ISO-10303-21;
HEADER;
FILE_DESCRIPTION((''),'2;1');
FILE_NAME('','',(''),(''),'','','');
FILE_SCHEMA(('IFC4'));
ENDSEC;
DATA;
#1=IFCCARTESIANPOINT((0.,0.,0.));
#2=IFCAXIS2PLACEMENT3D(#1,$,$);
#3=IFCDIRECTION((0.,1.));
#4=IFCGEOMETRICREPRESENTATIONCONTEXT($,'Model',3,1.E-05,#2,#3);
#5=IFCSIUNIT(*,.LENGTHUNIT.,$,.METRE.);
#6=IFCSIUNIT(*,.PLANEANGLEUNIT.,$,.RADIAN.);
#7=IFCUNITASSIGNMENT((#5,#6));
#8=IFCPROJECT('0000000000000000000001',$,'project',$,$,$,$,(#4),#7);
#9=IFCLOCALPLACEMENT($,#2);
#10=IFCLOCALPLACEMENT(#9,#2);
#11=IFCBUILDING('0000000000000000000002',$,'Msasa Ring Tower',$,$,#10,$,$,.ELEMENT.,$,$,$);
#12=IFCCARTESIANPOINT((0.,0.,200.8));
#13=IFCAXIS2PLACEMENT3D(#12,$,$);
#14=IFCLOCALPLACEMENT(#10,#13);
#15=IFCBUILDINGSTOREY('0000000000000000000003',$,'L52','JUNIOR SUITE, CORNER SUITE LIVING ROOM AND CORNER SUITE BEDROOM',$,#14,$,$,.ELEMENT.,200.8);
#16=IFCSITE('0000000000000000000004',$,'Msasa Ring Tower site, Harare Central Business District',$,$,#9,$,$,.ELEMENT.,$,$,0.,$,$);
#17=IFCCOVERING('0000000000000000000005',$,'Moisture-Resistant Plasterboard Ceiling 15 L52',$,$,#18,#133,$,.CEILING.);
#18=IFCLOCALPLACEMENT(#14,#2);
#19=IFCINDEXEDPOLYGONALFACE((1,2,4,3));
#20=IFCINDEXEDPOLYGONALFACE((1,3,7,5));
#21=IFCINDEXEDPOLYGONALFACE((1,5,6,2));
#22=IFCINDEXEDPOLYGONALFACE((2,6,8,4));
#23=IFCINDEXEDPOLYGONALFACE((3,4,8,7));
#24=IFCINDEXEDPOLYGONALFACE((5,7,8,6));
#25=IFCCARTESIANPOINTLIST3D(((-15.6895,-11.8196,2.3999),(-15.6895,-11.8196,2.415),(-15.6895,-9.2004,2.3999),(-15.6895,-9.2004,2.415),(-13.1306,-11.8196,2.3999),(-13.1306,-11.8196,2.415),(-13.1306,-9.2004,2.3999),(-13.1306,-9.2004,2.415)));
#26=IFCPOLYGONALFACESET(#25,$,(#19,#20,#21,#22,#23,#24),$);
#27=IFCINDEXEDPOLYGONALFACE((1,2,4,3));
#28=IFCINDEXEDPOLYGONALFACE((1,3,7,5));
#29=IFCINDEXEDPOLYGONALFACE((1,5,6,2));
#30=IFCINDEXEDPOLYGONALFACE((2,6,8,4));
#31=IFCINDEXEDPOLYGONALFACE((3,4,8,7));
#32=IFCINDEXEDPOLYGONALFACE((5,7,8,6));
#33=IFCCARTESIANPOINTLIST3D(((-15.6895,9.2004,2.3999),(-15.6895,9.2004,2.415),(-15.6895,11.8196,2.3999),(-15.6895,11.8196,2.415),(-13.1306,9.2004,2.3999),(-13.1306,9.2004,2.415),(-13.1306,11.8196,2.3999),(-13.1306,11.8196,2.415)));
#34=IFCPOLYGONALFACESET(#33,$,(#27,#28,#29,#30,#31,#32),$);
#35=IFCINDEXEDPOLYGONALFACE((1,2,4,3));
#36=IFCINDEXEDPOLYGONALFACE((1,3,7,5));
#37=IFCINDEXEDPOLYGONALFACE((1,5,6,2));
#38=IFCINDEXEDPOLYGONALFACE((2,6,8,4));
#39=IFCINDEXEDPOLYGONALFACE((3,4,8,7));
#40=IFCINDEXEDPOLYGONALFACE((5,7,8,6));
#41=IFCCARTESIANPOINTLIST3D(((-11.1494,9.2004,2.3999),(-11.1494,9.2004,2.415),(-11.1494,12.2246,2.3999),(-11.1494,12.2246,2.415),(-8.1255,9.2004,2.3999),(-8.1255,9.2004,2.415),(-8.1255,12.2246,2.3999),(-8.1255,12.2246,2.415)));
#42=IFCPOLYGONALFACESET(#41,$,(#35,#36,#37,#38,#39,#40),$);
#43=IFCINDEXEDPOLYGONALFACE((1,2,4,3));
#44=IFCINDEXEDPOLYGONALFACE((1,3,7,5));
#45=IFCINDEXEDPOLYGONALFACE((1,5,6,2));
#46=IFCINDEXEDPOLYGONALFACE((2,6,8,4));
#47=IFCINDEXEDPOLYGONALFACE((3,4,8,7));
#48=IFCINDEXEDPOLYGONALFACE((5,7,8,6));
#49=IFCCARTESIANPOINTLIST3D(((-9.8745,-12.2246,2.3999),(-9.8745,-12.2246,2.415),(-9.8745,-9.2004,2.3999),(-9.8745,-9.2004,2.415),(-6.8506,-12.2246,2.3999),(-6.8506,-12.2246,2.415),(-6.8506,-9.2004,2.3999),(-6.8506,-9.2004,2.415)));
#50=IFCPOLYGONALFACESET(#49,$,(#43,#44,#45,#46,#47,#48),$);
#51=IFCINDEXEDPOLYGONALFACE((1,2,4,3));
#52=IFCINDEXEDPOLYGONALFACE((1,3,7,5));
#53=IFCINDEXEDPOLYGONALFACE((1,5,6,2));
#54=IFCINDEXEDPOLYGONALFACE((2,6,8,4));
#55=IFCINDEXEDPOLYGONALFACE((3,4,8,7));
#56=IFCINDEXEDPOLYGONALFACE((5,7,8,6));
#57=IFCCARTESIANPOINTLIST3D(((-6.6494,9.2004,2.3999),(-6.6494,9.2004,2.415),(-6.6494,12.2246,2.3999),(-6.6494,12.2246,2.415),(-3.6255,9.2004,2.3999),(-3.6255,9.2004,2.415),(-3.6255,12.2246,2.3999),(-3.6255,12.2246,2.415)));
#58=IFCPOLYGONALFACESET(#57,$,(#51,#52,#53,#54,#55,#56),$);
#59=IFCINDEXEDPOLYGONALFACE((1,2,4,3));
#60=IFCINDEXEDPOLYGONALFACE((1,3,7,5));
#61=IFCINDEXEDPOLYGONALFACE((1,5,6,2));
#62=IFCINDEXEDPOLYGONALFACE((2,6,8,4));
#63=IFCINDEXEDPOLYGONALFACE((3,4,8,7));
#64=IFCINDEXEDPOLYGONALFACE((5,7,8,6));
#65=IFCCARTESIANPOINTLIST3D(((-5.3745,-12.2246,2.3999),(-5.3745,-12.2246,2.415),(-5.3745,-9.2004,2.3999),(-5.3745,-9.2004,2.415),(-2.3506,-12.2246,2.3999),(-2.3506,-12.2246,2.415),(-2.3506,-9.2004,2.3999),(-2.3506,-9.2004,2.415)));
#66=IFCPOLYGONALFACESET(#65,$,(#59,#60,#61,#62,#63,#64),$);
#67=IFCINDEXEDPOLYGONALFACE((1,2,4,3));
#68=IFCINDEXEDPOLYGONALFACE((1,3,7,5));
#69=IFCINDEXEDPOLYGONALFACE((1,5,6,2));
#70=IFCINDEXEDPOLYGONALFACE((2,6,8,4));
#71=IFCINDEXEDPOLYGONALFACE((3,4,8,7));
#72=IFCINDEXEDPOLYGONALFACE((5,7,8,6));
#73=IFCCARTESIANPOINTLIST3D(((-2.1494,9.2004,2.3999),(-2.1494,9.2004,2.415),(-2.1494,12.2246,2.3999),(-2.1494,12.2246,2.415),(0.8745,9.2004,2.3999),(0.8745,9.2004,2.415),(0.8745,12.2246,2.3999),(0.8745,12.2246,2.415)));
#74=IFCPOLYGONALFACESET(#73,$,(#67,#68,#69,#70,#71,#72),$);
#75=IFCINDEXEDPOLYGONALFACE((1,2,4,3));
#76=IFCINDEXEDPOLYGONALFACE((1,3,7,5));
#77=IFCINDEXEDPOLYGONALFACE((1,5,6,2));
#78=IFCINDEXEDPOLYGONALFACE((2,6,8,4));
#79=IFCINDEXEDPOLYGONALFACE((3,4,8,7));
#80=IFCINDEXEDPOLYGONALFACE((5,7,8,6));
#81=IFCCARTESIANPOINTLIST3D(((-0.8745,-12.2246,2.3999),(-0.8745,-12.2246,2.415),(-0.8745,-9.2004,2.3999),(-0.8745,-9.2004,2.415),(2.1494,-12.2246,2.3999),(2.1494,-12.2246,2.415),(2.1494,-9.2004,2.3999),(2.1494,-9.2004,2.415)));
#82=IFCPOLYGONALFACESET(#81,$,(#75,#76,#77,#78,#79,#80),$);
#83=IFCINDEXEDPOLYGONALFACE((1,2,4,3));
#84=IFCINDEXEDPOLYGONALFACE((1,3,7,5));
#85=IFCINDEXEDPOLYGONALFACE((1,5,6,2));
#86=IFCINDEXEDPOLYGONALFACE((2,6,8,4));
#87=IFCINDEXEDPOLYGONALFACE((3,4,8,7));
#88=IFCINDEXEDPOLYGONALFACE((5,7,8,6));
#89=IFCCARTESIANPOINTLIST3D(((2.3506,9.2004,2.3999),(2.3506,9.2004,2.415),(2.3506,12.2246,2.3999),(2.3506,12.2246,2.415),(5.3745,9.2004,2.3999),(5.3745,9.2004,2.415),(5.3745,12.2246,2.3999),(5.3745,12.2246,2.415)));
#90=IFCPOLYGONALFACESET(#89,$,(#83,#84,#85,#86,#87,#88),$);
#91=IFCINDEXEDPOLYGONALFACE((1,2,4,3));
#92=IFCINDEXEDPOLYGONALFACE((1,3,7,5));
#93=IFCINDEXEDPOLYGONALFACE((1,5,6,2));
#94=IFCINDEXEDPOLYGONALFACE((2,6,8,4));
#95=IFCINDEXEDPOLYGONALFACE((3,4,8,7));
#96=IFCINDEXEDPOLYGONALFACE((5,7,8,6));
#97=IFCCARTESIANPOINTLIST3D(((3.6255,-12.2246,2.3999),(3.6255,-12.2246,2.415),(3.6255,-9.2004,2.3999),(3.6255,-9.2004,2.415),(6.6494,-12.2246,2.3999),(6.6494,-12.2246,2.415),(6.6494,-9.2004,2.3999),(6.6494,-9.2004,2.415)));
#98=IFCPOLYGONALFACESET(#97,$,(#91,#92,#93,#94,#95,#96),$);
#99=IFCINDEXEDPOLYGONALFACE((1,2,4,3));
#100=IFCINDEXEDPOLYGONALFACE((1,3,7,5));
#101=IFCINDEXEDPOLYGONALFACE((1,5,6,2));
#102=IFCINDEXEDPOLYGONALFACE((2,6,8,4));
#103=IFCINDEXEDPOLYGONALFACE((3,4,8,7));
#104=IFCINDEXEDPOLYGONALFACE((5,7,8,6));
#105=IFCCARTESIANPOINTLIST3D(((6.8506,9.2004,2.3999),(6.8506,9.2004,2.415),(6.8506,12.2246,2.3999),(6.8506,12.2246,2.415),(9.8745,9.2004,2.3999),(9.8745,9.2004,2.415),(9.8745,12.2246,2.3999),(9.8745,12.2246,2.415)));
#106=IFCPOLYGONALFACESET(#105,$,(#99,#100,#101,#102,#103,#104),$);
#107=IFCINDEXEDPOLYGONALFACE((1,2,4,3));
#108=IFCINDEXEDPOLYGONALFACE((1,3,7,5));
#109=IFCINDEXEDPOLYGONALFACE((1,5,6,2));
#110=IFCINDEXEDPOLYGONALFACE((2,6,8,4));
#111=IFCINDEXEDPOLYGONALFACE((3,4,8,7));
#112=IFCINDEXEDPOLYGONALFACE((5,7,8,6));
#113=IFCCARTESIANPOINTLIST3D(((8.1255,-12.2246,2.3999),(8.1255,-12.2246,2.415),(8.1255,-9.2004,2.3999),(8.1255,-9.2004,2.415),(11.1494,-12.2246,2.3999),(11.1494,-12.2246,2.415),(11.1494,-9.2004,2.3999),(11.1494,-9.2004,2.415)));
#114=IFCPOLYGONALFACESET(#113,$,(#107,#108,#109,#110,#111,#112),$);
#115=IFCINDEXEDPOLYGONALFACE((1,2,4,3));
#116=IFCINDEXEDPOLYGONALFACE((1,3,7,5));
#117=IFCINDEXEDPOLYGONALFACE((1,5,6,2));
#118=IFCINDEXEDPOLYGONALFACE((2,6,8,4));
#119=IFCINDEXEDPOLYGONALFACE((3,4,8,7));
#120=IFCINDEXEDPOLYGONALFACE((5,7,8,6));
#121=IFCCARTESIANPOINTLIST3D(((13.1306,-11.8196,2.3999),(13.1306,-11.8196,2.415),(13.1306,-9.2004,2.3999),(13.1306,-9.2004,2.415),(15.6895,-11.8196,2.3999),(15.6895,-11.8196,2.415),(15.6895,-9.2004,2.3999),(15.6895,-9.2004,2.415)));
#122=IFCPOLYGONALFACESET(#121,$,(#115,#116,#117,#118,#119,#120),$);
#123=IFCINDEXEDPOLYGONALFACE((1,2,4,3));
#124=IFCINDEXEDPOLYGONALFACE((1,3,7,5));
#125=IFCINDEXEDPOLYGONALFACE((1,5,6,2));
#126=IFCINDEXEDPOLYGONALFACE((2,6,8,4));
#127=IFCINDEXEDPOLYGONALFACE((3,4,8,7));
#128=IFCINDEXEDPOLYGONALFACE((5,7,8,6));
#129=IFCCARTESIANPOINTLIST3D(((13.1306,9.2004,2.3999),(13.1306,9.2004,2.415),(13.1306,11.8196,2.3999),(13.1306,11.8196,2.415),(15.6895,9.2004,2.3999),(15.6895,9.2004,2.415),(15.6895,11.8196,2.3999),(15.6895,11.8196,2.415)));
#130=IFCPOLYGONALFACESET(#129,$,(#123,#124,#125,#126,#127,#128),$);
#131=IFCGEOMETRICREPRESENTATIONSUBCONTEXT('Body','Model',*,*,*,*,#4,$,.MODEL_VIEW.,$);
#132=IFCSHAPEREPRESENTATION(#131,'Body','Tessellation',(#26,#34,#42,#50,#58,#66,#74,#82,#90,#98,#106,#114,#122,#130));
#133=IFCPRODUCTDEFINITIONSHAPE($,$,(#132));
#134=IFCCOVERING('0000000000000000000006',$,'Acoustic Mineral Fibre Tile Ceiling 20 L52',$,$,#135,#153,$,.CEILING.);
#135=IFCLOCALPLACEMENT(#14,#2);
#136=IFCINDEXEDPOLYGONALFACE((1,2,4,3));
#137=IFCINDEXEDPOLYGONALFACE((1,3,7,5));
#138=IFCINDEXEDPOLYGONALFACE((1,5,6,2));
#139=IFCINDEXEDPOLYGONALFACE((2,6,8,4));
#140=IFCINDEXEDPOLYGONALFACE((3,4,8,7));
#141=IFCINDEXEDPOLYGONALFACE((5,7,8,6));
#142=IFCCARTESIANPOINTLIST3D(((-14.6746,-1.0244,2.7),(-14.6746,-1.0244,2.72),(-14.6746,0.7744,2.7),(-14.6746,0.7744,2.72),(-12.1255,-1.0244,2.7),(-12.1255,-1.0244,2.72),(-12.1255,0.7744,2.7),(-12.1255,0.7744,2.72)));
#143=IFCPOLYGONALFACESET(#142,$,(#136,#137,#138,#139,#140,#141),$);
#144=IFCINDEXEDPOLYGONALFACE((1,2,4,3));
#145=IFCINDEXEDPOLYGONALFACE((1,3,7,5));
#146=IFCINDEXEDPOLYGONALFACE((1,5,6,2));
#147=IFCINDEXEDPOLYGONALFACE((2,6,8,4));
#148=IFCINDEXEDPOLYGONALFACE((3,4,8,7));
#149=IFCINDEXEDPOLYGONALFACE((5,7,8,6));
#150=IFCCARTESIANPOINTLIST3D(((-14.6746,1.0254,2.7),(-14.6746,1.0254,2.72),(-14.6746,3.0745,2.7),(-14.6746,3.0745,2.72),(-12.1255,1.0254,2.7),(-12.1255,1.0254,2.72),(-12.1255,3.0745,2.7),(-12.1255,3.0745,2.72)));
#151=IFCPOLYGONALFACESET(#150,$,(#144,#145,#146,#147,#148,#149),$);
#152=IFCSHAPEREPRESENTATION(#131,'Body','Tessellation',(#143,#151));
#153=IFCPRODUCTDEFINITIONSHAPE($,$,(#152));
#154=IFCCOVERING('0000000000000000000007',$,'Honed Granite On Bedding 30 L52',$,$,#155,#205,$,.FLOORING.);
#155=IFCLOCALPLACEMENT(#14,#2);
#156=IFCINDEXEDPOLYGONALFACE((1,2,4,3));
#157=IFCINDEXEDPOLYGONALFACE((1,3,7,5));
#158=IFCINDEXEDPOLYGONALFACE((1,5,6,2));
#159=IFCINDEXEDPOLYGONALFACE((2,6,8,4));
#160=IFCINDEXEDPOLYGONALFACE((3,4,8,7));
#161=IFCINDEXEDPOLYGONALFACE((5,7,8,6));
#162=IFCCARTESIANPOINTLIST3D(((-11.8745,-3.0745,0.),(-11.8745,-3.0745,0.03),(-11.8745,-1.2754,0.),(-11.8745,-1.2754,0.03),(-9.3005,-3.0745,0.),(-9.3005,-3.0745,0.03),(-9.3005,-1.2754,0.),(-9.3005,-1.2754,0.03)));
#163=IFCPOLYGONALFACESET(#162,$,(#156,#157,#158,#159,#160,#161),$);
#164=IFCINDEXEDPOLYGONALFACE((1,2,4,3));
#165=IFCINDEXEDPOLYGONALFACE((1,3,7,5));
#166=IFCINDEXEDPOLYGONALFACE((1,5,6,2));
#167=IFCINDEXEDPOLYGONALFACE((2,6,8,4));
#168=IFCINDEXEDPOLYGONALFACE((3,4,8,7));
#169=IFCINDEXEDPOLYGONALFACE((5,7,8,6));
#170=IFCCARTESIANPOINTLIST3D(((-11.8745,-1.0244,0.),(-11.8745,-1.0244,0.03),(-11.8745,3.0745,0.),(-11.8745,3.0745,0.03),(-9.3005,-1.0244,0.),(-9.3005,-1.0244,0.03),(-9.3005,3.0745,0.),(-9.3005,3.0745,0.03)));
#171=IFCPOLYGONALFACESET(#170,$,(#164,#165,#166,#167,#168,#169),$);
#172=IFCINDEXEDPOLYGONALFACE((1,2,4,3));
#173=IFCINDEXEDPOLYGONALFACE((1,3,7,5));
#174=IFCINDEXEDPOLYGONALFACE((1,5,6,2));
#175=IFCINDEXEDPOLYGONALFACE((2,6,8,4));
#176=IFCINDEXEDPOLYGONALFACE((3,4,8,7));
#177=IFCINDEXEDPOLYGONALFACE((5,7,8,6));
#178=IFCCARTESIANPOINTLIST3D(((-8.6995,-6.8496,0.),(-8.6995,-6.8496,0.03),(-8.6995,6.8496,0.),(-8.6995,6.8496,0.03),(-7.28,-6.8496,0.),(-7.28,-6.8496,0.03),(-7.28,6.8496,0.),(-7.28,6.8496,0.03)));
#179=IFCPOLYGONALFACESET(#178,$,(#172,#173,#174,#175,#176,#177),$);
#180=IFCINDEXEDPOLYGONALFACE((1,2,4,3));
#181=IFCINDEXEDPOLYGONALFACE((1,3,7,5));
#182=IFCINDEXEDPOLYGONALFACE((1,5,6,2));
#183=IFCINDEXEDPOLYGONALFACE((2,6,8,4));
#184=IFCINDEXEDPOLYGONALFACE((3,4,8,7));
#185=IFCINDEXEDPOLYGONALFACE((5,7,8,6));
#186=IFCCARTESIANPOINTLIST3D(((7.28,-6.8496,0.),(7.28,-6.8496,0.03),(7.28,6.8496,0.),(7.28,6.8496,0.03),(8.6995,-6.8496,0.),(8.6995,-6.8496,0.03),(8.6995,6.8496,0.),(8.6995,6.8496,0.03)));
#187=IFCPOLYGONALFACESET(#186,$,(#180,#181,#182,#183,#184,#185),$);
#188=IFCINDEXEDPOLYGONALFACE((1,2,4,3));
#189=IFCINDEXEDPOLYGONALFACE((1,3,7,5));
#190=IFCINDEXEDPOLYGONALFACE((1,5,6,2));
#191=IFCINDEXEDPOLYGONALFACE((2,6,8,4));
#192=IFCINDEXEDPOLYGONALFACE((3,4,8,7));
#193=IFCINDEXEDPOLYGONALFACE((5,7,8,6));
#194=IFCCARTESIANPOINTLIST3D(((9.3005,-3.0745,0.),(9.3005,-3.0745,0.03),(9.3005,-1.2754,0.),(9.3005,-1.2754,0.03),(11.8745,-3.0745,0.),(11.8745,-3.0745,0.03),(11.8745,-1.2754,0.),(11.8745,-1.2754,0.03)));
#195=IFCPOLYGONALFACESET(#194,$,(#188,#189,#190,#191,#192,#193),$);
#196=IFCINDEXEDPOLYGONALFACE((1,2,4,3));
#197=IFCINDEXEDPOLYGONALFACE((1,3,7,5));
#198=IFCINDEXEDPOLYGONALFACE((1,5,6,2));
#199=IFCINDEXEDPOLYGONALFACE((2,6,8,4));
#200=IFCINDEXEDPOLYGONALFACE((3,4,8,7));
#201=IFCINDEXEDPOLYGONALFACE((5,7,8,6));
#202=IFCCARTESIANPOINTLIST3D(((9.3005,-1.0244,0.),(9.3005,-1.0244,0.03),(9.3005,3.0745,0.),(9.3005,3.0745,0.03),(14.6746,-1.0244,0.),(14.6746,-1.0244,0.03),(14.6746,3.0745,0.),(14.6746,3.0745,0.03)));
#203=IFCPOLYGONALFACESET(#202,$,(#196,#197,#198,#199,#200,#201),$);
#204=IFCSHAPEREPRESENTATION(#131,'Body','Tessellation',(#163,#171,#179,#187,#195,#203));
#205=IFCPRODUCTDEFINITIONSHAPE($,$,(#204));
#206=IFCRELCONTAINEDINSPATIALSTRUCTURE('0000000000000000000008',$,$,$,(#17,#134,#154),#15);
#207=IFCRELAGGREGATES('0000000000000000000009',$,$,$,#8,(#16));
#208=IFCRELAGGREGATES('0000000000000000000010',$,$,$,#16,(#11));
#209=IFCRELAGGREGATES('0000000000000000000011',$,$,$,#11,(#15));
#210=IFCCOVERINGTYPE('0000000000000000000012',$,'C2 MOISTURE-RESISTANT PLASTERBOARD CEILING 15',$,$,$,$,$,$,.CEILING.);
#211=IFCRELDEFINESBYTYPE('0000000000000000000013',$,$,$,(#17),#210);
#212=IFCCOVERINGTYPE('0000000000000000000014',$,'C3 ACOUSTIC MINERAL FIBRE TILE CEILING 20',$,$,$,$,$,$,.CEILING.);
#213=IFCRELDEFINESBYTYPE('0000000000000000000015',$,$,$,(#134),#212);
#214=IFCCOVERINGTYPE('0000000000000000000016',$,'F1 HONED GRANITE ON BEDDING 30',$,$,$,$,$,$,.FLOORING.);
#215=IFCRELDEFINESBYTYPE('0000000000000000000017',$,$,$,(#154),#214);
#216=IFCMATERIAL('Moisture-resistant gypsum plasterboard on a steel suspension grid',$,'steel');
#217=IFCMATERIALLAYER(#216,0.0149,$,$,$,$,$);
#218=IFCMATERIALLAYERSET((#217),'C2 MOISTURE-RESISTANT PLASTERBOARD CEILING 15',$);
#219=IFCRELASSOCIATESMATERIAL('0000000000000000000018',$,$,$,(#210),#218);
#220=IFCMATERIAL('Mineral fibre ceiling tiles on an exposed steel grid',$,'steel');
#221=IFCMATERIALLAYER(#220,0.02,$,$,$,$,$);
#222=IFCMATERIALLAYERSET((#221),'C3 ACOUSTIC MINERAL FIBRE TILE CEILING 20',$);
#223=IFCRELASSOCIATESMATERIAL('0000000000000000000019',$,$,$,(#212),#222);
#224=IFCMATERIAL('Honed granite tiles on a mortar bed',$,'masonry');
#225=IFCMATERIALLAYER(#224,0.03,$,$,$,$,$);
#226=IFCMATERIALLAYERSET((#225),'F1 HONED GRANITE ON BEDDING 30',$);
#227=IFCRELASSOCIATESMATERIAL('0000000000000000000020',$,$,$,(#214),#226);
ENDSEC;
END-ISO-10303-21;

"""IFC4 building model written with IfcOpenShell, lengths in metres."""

from ifc_helpers import new_model, si_unit, direction, frame, origin, place, context, subcontext, project, spatial, line, indexed_curve, outline, extrude, material, layer, layer_set, type_object, element, save


model = new_model("IFC4")

# Units and contexts
model_context = context("Model", 3, precision=1e-05, world=origin(), true_north=direction((0.0, 1.0)))
body_context = subcontext(model_context, "Body", "Model", "MODEL_VIEW")
ifc_project = project(units=[si_unit("LENGTHUNIT", "METRE"), si_unit("PLANEANGLEUNIT", "RADIAN")], contexts=[model_context])

# Site, building, storey
site_placement = place(None, origin())
site = spatial("IfcSite", under=ifc_project, at=site_placement, Name="Msasa Ring Tower site, Harare Central Business District", CompositionType="ELEMENT", RefElevation=0.0)
building_placement = place(site_placement, origin())
building = spatial("IfcBuilding", under=site, at=building_placement, Name="Msasa Ring Tower", CompositionType="ELEMENT")
storey_placement = place(building_placement, frame((0.0, 0.0, 200.8)))
storey = spatial("IfcBuildingStorey", under=building, at=storey_placement, Name="L52", Description="JUNIOR SUITE, CORNER SUITE LIVING ROOM AND CORNER SUITE BEDROOM", CompositionType="ELEMENT", Elevation=200.8)

# Coverings
ifc_material_1 = material(Name="Moisture-resistant gypsum plasterboard on a steel suspension grid", Category="steel")
ifc_layer_1 = layer(ifc_material_1, 0.0149)
ifc_layer_set_1 = layer_set([ifc_layer_1], Name="C2 MOISTURE-RESISTANT PLASTERBOARD CEILING 15")
covering_type_1 = type_object("IfcCoveringType", Name="C2 MOISTURE-RESISTANT PLASTERBOARD CEILING 15", PredefinedType="CEILING", material=ifc_layer_set_1)
covering_1_placement = place(storey_placement, frame((0.0, 0.0, 2.3999)))
element("IfcCovering", 1, at=covering_1_placement, inside=storey, type_object=covering_type_1, Name="Moisture-Resistant Plasterboard Ceiling 15 L52", PredefinedType="CEILING", context=body_context, shape_type="SweptSolid", body=[
    extrude(outline(indexed_curve([(-15.6895, -9.2004), (-13.1306, -9.2004), (-13.1306, -11.8196), (-15.6895, -11.8196)], segments=[line(1, 2, 3, 4, 1)], self_intersect=False)), origin(), (0.0, 0.0, 1.0), 0.0151),
    extrude(outline(indexed_curve([(-15.6895, 11.8196), (-13.1306, 11.8196), (-13.1306, 9.2004), (-15.6895, 9.2004)], segments=[line(1, 2, 3, 4, 1)], self_intersect=False)), origin(), (0.0, 0.0, 1.0), 0.0151),
    extrude(outline(indexed_curve([(-11.1494, 12.2246), (-8.1255, 12.2246), (-8.1255, 9.2004), (-11.1494, 9.2004)], segments=[line(1, 2, 3, 4, 1)], self_intersect=False)), origin(), (0.0, 0.0, 1.0), 0.0151),
    extrude(outline(indexed_curve([(-6.8506, -9.2004), (-6.8506, -12.2246), (-9.8745, -12.2246), (-9.8745, -9.2004)], segments=[line(1, 2, 3, 4, 1)], self_intersect=False)), origin(), (0.0, 0.0, 1.0), 0.0151),
    extrude(outline(indexed_curve([(-6.6494, 9.2004), (-6.6494, 12.2246), (-3.6255, 12.2246), (-3.6255, 9.2004)], segments=[line(1, 2, 3, 4, 1)], self_intersect=False)), origin(), (0.0, 0.0, 1.0), 0.0151),
    extrude(outline(indexed_curve([(-2.3506, -9.2004), (-2.3506, -12.2246), (-5.3745, -12.2246), (-5.3745, -9.2004)], segments=[line(1, 2, 3, 4, 1)], self_intersect=False)), origin(), (0.0, 0.0, 1.0), 0.0151),
    extrude(outline(indexed_curve([(-2.1494, 12.2246), (0.8745, 12.2246), (0.8745, 9.2004), (-2.1494, 9.2004)], segments=[line(1, 2, 3, 4, 1)], self_intersect=False)), origin(), (0.0, 0.0, 1.0), 0.0151),
    extrude(outline(indexed_curve([(2.1494, -9.2004), (2.1494, -12.2246), (-0.8745, -12.2246), (-0.8745, -9.2004)], segments=[line(1, 2, 3, 4, 1)], self_intersect=False)), origin(), (0.0, 0.0, 1.0), 0.0151),
    extrude(outline(indexed_curve([(2.3506, 12.2246), (5.3745, 12.2246), (5.3745, 9.2004), (2.3506, 9.2004)], segments=[line(1, 2, 3, 4, 1)], self_intersect=False)), origin(), (0.0, 0.0, 1.0), 0.0151),
    extrude(outline(indexed_curve([(6.6494, -9.2004), (6.6494, -12.2246), (3.6255, -12.2246), (3.6255, -9.2004)], segments=[line(1, 2, 3, 4, 1)], self_intersect=False)), origin(), (0.0, 0.0, 1.0), 0.0151),
    extrude(outline(indexed_curve([(6.8506, 9.2004), (6.8506, 12.2246), (9.8745, 12.2246), (9.8745, 9.2004)], segments=[line(1, 2, 3, 4, 1)], self_intersect=False)), origin(), (0.0, 0.0, 1.0), 0.0151),
    extrude(outline(indexed_curve([(11.1494, -9.2004), (11.1494, -12.2246), (8.1255, -12.2246), (8.1255, -9.2004)], segments=[line(1, 2, 3, 4, 1)], self_intersect=False)), origin(), (0.0, 0.0, 1.0), 0.0151),
    extrude(outline(indexed_curve([(13.1306, -9.2004), (15.6895, -9.2004), (15.6895, -11.8196), (13.1306, -11.8196)], segments=[line(1, 2, 3, 4, 1)], self_intersect=False)), origin(), (0.0, 0.0, 1.0), 0.0151),
    extrude(outline(indexed_curve([(13.1306, 11.8196), (15.6895, 11.8196), (15.6895, 9.2004), (13.1306, 9.2004)], segments=[line(1, 2, 3, 4, 1)], self_intersect=False)), origin(), (0.0, 0.0, 1.0), 0.0151),
])
ifc_material_2 = material(Name="Mineral fibre ceiling tiles on an exposed steel grid", Category="steel")
ifc_layer_2 = layer(ifc_material_2, 0.02)
ifc_layer_set_2 = layer_set([ifc_layer_2], Name="C3 ACOUSTIC MINERAL FIBRE TILE CEILING 20")
covering_type_2 = type_object("IfcCoveringType", Name="C3 ACOUSTIC MINERAL FIBRE TILE CEILING 20", PredefinedType="CEILING", material=ifc_layer_set_2)
covering_2_placement = place(storey_placement, frame((0.0, 0.0, 2.7)))
element("IfcCovering", 2, at=covering_2_placement, inside=storey, type_object=covering_type_2, Name="Acoustic Mineral Fibre Tile Ceiling 20 L52", PredefinedType="CEILING", context=body_context, shape_type="SweptSolid", body=[
    extrude(outline(indexed_curve([(-12.1255, -1.0244), (-14.6746, -1.0244), (-14.6746, 0.7744), (-12.1255, 0.7744)], segments=[line(1, 2, 3, 4, 1)], self_intersect=False)), origin(), (0.0, 0.0, 1.0), 0.02),
    extrude(outline(indexed_curve([(-12.1255, 3.0745), (-12.1255, 1.0254), (-14.6746, 1.0254), (-14.6746, 3.0745)], segments=[line(1, 2, 3, 4, 1)], self_intersect=False)), origin(), (0.0, 0.0, 1.0), 0.02),
])
ifc_material_3 = material(Name="Honed granite tiles on a mortar bed", Category="masonry")
ifc_layer_3 = layer(ifc_material_3, 0.03)
ifc_layer_set_3 = layer_set([ifc_layer_3], Name="F1 HONED GRANITE ON BEDDING 30")
covering_type_3 = type_object("IfcCoveringType", Name="F1 HONED GRANITE ON BEDDING 30", PredefinedType="FLOORING", material=ifc_layer_set_3)
covering_3_placement = place(storey_placement, origin())
element("IfcCovering", 3, at=covering_3_placement, inside=storey, type_object=covering_type_3, Name="Honed Granite On Bedding 30 L52", PredefinedType="FLOORING", context=body_context, shape_type="SweptSolid", body=[
    extrude(outline(indexed_curve([(-11.8745, -3.0745), (-11.8745, -1.2754), (-9.3005, -1.2754), (-9.3005, -3.0745)], segments=[line(1, 2, 3, 4, 1)], self_intersect=False)), origin(), (0.0, 0.0, 1.0), 0.03),
    extrude(outline(indexed_curve([(-11.8745, 3.0745), (-9.3005, 3.0745), (-9.3005, -1.0244), (-11.8745, -1.0244)], segments=[line(1, 2, 3, 4, 1)], self_intersect=False)), origin(), (0.0, 0.0, 1.0), 0.03),
    extrude(outline(indexed_curve([(-8.6995, 6.8496), (-7.28, 6.8496), (-7.28, -6.8496), (-8.6995, -6.8496)], segments=[line(1, 2, 3, 4, 1)], self_intersect=False)), origin(), (0.0, 0.0, 1.0), 0.03),
    extrude(outline(indexed_curve([(7.28, -6.8496), (7.28, 6.8496), (8.6995, 6.8496), (8.6995, -6.8496)], segments=[line(1, 2, 3, 4, 1)], self_intersect=False)), origin(), (0.0, 0.0, 1.0), 0.03),
    extrude(outline(indexed_curve([(9.3005, -1.2754), (11.8745, -1.2754), (11.8745, -3.0745), (9.3005, -3.0745)], segments=[line(1, 2, 3, 4, 1)], self_intersect=False)), origin(), (0.0, 0.0, 1.0), 0.03),
    extrude(outline(indexed_curve([(9.3005, 3.0745), (14.6746, 3.0745), (14.6746, -1.0244), (9.3005, -1.0244)], segments=[line(1, 2, 3, 4, 1)], self_intersect=False)), origin(), (0.0, 0.0, 1.0), 0.03),
])

save(model, "model.ifc")
